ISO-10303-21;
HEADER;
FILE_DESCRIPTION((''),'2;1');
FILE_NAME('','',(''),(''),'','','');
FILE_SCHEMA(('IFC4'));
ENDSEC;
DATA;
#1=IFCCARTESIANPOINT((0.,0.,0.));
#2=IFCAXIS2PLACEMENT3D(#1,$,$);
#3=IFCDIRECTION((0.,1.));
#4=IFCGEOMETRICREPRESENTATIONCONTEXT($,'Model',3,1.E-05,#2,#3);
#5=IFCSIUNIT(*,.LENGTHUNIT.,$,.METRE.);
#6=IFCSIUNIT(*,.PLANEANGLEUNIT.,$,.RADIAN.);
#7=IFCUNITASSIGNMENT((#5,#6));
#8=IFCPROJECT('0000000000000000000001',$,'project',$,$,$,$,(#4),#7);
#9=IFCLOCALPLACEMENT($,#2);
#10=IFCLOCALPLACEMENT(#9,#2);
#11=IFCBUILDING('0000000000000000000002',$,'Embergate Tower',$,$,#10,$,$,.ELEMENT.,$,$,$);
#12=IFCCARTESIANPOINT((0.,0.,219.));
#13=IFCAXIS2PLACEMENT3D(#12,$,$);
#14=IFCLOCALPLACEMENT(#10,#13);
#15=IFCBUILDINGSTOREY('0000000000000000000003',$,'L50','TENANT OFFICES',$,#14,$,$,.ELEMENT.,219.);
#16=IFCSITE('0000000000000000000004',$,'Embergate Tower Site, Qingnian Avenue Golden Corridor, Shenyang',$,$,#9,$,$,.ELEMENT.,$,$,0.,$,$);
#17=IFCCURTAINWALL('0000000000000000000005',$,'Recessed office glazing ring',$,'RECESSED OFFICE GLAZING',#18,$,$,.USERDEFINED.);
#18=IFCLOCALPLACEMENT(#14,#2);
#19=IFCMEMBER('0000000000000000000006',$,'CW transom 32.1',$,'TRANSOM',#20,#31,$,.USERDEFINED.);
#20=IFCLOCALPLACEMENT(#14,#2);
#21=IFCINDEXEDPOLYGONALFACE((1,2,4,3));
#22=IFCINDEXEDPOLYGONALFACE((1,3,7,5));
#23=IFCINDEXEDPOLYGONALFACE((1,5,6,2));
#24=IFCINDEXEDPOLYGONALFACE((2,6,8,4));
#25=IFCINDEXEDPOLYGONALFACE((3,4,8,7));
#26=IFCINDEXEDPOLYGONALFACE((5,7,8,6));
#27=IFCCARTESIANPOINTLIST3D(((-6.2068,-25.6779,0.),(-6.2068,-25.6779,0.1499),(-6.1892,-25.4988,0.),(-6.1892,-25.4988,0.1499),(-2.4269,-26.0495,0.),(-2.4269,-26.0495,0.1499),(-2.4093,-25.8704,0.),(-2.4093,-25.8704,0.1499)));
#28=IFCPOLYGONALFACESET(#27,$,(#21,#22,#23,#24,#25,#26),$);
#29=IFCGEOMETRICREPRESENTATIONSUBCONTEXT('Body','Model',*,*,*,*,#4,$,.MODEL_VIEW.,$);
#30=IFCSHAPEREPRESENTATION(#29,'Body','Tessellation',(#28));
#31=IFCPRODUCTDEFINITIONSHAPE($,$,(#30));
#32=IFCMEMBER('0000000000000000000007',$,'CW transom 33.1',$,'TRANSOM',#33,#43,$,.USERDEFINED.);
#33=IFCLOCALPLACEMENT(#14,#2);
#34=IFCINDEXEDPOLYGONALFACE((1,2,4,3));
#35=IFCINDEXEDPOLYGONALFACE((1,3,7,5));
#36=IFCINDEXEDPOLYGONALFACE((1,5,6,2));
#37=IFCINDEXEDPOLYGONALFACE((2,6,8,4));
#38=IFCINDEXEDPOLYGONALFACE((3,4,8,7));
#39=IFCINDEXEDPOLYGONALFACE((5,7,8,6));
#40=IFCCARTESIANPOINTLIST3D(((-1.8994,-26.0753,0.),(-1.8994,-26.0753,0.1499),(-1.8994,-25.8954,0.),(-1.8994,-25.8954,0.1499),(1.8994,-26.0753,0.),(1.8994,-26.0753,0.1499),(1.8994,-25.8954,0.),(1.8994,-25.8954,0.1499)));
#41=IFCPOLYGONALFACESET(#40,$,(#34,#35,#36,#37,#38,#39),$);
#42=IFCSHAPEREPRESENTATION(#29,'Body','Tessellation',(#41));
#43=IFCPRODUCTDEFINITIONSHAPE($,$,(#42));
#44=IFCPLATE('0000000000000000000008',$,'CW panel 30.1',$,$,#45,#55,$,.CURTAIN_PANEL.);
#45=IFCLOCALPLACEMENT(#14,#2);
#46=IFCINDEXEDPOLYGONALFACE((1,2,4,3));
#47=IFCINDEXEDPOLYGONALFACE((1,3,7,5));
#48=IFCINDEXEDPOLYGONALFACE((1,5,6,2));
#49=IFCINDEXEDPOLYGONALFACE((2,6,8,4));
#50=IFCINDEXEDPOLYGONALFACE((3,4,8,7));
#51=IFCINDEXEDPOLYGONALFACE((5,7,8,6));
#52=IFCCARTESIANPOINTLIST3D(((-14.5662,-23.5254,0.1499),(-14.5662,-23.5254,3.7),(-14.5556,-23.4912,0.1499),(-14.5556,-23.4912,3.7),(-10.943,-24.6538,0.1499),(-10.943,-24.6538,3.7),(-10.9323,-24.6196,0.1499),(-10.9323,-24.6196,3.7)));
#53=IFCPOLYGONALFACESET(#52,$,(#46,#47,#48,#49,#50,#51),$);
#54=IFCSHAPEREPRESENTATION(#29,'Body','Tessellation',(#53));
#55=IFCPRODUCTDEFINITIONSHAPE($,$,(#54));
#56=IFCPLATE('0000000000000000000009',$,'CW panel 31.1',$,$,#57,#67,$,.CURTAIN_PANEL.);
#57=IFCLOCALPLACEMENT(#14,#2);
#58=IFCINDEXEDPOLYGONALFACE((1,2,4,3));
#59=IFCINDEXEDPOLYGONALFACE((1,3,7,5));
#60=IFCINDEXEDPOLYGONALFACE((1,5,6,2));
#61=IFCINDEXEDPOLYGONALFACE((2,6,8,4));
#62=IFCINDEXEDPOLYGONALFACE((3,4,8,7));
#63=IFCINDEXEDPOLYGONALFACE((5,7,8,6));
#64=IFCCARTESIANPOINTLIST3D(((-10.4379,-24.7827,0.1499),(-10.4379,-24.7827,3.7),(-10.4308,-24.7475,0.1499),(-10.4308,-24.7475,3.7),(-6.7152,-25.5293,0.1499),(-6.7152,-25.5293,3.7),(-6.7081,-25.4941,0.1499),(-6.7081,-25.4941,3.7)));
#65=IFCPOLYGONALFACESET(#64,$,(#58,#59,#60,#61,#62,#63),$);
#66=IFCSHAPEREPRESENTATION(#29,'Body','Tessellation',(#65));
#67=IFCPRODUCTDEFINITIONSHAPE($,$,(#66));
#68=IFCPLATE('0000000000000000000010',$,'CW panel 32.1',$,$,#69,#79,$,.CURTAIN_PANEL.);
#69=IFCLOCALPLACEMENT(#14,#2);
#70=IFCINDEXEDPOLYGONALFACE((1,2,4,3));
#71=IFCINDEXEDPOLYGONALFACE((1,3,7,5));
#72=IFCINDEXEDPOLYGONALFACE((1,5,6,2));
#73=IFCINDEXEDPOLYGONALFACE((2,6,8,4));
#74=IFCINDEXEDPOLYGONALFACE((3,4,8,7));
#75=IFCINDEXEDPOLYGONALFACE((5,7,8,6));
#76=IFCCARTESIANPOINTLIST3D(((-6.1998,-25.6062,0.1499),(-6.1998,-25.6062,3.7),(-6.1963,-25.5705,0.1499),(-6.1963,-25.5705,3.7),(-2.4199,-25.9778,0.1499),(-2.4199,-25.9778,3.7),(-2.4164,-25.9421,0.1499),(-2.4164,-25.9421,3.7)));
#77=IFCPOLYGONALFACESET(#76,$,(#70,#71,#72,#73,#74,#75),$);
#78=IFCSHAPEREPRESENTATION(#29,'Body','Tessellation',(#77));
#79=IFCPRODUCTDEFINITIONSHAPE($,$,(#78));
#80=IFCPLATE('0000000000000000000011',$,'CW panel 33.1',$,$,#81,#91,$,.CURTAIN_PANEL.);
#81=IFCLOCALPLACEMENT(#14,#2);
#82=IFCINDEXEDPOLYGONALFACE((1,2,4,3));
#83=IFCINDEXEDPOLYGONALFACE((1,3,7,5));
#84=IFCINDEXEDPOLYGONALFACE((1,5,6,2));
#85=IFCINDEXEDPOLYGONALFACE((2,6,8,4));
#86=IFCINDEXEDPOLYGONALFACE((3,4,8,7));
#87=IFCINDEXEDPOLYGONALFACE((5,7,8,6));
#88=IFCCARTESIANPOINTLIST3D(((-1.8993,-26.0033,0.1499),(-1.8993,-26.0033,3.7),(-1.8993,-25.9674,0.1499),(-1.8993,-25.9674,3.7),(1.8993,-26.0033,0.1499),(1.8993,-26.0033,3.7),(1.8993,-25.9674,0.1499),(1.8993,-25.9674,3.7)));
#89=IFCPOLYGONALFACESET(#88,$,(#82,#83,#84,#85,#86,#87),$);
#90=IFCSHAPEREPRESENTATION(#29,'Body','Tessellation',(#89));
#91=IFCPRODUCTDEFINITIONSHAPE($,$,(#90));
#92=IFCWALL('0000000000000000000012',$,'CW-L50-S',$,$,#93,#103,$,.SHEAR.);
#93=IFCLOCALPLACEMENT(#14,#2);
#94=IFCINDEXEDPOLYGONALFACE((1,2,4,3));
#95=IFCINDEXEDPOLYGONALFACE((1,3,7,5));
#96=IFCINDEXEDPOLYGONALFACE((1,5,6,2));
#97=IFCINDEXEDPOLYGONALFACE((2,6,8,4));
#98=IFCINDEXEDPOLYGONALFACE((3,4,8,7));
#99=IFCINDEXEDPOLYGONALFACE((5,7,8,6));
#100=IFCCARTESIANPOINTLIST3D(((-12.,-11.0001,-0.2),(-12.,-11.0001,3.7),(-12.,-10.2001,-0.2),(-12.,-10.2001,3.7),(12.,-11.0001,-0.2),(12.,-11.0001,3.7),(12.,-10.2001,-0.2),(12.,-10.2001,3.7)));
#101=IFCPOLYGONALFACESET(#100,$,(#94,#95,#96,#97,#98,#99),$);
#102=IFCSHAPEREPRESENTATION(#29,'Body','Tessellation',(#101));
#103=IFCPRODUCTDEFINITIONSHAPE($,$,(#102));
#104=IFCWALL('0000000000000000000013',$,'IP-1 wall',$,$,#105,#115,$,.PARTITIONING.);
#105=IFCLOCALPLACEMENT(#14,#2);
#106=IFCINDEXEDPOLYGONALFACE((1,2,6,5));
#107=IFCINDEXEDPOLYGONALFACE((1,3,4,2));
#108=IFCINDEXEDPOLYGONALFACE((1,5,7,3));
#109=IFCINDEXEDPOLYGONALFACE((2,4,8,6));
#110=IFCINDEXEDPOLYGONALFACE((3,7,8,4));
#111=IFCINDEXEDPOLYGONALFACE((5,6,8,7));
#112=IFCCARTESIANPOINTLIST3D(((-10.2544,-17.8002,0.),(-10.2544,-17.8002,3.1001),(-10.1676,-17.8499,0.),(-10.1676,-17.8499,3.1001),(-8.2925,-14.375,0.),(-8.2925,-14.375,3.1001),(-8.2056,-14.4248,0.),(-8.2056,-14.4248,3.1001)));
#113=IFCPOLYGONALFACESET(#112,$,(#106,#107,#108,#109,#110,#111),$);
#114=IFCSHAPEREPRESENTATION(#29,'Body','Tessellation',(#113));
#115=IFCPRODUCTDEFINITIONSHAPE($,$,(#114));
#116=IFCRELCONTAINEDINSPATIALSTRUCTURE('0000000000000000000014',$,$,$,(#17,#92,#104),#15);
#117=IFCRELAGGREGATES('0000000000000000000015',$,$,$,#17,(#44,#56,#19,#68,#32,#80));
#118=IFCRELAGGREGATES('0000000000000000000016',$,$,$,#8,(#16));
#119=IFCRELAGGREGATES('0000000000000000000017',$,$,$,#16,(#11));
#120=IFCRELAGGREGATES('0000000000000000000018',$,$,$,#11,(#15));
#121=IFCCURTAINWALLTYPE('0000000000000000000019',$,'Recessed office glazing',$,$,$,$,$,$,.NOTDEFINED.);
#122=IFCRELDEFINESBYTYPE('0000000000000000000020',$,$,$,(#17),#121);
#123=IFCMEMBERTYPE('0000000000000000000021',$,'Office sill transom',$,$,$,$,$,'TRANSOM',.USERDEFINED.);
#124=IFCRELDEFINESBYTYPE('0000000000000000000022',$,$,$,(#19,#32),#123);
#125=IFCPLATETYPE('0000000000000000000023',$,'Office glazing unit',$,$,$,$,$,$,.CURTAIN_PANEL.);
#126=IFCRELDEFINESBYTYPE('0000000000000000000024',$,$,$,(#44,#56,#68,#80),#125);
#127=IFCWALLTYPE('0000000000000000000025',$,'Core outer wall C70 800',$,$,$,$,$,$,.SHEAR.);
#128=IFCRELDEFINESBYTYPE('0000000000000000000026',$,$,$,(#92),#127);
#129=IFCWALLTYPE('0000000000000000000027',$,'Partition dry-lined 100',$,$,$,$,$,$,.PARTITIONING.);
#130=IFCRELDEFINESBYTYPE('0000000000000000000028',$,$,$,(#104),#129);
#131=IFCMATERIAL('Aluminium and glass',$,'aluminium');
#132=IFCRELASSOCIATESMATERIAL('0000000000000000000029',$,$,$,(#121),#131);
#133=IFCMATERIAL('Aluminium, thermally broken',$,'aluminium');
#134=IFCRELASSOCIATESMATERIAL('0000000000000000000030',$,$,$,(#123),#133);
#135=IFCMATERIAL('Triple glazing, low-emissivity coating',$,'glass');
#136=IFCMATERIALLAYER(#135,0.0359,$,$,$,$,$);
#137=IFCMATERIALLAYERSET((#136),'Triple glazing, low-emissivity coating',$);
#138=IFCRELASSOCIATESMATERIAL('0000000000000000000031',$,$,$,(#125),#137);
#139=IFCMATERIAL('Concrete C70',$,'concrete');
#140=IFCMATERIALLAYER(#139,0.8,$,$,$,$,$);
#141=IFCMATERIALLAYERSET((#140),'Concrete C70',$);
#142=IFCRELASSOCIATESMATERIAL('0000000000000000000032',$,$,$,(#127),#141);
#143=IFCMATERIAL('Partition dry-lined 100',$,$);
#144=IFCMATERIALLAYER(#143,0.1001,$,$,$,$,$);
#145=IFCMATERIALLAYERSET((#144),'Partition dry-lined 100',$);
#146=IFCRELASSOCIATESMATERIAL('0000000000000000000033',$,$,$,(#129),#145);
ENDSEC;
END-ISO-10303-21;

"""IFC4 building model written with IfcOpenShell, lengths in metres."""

from ifc_helpers import new_model, si_unit, direction, frame, frame_2d, origin, origin_2d, place, context, subcontext, project, spatial, rectangle, extrude, source, transform, mapped, material, layer, layer_set, material_profile, profile_set, type_object, element, aggregate, save


model = new_model("IFC4")

# Units and contexts
model_context = context("Model", 3, precision=1e-05, world=origin(), true_north=direction((0.0, 1.0)))
body_context = subcontext(model_context, "Body", "Model", "MODEL_VIEW")
ifc_project = project(units=[si_unit("LENGTHUNIT", "METRE"), si_unit("PLANEANGLEUNIT", "RADIAN")], contexts=[model_context])

# Site, building, storey
site_placement = place(None, origin())
site = spatial("IfcSite", under=ifc_project, at=site_placement, Name="Embergate Tower Site, Qingnian Avenue Golden Corridor, Shenyang", CompositionType="ELEMENT", RefElevation=0.0)
building_placement = place(site_placement, origin())
building = spatial("IfcBuilding", under=site, at=building_placement, Name="Embergate Tower", CompositionType="ELEMENT")
storey_placement = place(building_placement, frame((0.0, 0.0, 219.0)))
storey = spatial("IfcBuildingStorey", under=building, at=storey_placement, Name="L50", Description="TENANT OFFICES", CompositionType="ELEMENT", Elevation=219.0)

# Curtain wall, members
ifc_material_1 = material(Name="Aluminium and glass", Category="aluminium")
curtain_wall_type = type_object("IfcCurtainWallType", Name="Recessed office glazing", PredefinedType="NOTDEFINED", material=ifc_material_1)
curtain_wall_placement = place(storey_placement, origin())
curtain_wall = element("IfcCurtainWall", 1, at=curtain_wall_placement, inside=storey, type_object=curtain_wall_type, Name="Recessed office glazing ring", ObjectType="RECESSED OFFICE GLAZING", PredefinedType="USERDEFINED")
ifc_material_2 = material(Name="Aluminium, thermally broken", Category="aluminium")
ifc_material_profile_1 = material_profile(ifc_material_2, rectangle(XDim=0.1799, YDim=0.1499, at=origin_2d()), Name="AL 150x180")
ifc_profile_set_1 = profile_set([ifc_material_profile_1], Name="Aluminium, thermally broken")
member_type_1 = type_object("IfcMemberType", Name="Office sill transom", ElementType="TRANSOM", PredefinedType="USERDEFINED", material=ifc_profile_set_1)
shared_shape_1 = source(origin(), body_context, "Body", "SweptSolid", [
    extrude(rectangle(XDim=0.1799, YDim=0.1499, at=origin_2d()), origin(), (0.0, 0.0, 1.0), 3.7981),
])
member_1_placement = place(storey_placement, frame((-6.198, -25.5884, 0.075), z_axis=(0.995203, -0.097836, 0.0), x_axis=(0.097836, 0.995203, 0.0)))
member_1 = element("IfcMember", 2, at=member_1_placement, type_object=member_type_1, Name="CW transom 32.1", ObjectType="TRANSOM", PredefinedType="USERDEFINED", context=body_context, shape_type="MappedRepresentation", body=[
    mapped(shared_shape_1, transform((0.0, 0.0, 0.0))),
])
shared_shape_2 = source(origin(), body_context, "Body", "SweptSolid", [
    extrude(rectangle(XDim=0.1799, YDim=0.1499, at=origin_2d()), origin(), (0.0, 0.0, 1.0), 3.7988),
])
member_2_placement = place(storey_placement, frame((-1.8994, -25.9854, 0.075), z_axis=(1.0, 0.0, 0.0), x_axis=(0.0, 1.0, 0.0)))
member_2 = element("IfcMember", 3, at=member_2_placement, type_object=member_type_1, Name="CW transom 33.1", ObjectType="TRANSOM", PredefinedType="USERDEFINED", context=body_context, shape_type="MappedRepresentation", body=[
    mapped(shared_shape_2, transform((0.0, 0.0, 0.0))),
])

# Plates
ifc_material_3 = material(Name="Triple glazing, low-emissivity coating", Category="glass")
ifc_layer_1 = layer(ifc_material_3, 0.0359)
ifc_layer_set_1 = layer_set([ifc_layer_1], Name="Triple glazing, low-emissivity coating")
plate_type = type_object("IfcPlateType", Name="Office glazing unit", PredefinedType="CURTAIN_PANEL", material=ifc_layer_set_1)
shared_shape_3 = source(origin(), body_context, "Body", "SweptSolid", [
    extrude(rectangle(XDim=3.7949, YDim=0.0359, at=origin_2d()), origin(), (0.0, 0.0, 1.0), 3.55),
])
plate_1_placement = place(storey_placement, frame((-12.7493, -24.0725, 0.1499), z_axis=(0.0, 0.0, 1.0), x_axis=(0.954771, -0.297343, 0.0)))
plate_1 = element("IfcPlate", 4, at=plate_1_placement, type_object=plate_type, Name="CW panel 30.1", PredefinedType="CURTAIN_PANEL", context=body_context, shape_type="MappedRepresentation", body=[
    mapped(shared_shape_3, transform((0.0, 0.0, 0.0))),
])
shared_shape_4 = source(origin(), body_context, "Body", "SweptSolid", [
    extrude(rectangle(XDim=3.7969, YDim=0.0359, at=origin_2d()), origin(), (0.0, 0.0, 1.0), 3.55),
])
plate_2_placement = place(storey_placement, frame((-8.573, -25.1384, 0.1499), z_axis=(0.0, 0.0, 1.0), x_axis=(0.980475, -0.196643, 0.0)))
plate_2 = element("IfcPlate", 5, at=plate_2_placement, type_object=plate_type, Name="CW panel 31.1", PredefinedType="CURTAIN_PANEL", context=body_context, shape_type="MappedRepresentation", body=[
    mapped(shared_shape_4, transform((0.0, 0.0, 0.0))),
])
shared_shape_5 = source(origin(), body_context, "Body", "SweptSolid", [
    extrude(rectangle(XDim=3.7981, YDim=0.0359, at=origin_2d()), origin(), (0.0, 0.0, 1.0), 3.55),
])
plate_3_placement = place(storey_placement, frame((-4.3081, -25.7742, 0.1499), z_axis=(0.0, 0.0, 1.0), x_axis=(0.995203, -0.097831, 0.0)))
plate_3 = element("IfcPlate", 6, at=plate_3_placement, type_object=plate_type, Name="CW panel 32.1", PredefinedType="CURTAIN_PANEL", context=body_context, shape_type="MappedRepresentation", body=[
    mapped(shared_shape_5, transform((0.0, 0.0, 0.0))),
])
shared_shape_6 = source(origin(), body_context, "Body", "SweptSolid", [
    extrude(rectangle(XDim=3.7986, YDim=0.0359, at=origin_2d()), origin(), (0.0, 0.0, 1.0), 3.55),
])
plate_4_placement = place(storey_placement, frame((0.0, -25.9854, 0.1499), z_axis=(0.0, 0.0, 1.0), x_axis=(1.0, 0.0, 0.0)))
plate_4 = element("IfcPlate", 7, at=plate_4_placement, type_object=plate_type, Name="CW panel 33.1", PredefinedType="CURTAIN_PANEL", context=body_context, shape_type="MappedRepresentation", body=[
    mapped(shared_shape_6, transform((0.0, 0.0, 0.0))),
])
aggregate(curtain_wall, [plate_1, plate_2, member_1, plate_3, member_2, plate_4])

# Walls
ifc_material_4 = material(Name="Concrete C70", Category="concrete")
ifc_layer_2 = layer(ifc_material_4, 0.8)
ifc_layer_set_2 = layer_set([ifc_layer_2], Name="Concrete C70")
wall_type_1 = type_object("IfcWallType", Name="Core outer wall C70 800", PredefinedType="SHEAR", material=ifc_layer_set_2)
shared_shape_7 = source(origin(), body_context, "Body", "SweptSolid", [
    extrude(rectangle(XDim=24.0, YDim=0.8, at=frame_2d((12.0, 0.0))), origin(), (0.0, 0.0, 1.0), 3.8999),
])
wall_1_placement = place(storey_placement, frame((-12.0, -10.6001, -0.2), z_axis=(0.0, 0.0, 1.0), x_axis=(1.0, 0.0, 0.0)))
element("IfcWall", 8, at=wall_1_placement, inside=storey, type_object=wall_type_1, Name="CW-L50-S", PredefinedType="SHEAR", context=body_context, shape_type="MappedRepresentation", body=[
    mapped(shared_shape_7, transform((0.0, 0.0, 0.0))),
])
ifc_material_5 = material(Name="Partition dry-lined 100")
ifc_layer_3 = layer(ifc_material_5, 0.1001)
ifc_layer_set_3 = layer_set([ifc_layer_3], Name="Partition dry-lined 100")
wall_type_2 = type_object("IfcWallType", Name="Partition dry-lined 100", PredefinedType="PARTITIONING", material=ifc_layer_set_3)
shared_shape_8 = source(origin(), body_context, "Body", "SweptSolid", [
    extrude(rectangle(XDim=3.9473, YDim=0.1001, at=frame_2d((1.9736, 0.0))), origin(), (0.0, 0.0, 1.0), 3.1001),
])
wall_2_placement = place(storey_placement, frame((-8.249, -14.3999, 0.0), z_axis=(0.0, 0.0, 1.0), x_axis=(-0.497045, -0.867725, 0.0)))
element("IfcWall", 9, at=wall_2_placement, inside=storey, type_object=wall_type_2, Name="IP-1 wall", PredefinedType="PARTITIONING", context=body_context, shape_type="MappedRepresentation", body=[
    mapped(shared_shape_8, transform((0.0, 0.0, 0.0))),
])

save(model, "model.ifc")
